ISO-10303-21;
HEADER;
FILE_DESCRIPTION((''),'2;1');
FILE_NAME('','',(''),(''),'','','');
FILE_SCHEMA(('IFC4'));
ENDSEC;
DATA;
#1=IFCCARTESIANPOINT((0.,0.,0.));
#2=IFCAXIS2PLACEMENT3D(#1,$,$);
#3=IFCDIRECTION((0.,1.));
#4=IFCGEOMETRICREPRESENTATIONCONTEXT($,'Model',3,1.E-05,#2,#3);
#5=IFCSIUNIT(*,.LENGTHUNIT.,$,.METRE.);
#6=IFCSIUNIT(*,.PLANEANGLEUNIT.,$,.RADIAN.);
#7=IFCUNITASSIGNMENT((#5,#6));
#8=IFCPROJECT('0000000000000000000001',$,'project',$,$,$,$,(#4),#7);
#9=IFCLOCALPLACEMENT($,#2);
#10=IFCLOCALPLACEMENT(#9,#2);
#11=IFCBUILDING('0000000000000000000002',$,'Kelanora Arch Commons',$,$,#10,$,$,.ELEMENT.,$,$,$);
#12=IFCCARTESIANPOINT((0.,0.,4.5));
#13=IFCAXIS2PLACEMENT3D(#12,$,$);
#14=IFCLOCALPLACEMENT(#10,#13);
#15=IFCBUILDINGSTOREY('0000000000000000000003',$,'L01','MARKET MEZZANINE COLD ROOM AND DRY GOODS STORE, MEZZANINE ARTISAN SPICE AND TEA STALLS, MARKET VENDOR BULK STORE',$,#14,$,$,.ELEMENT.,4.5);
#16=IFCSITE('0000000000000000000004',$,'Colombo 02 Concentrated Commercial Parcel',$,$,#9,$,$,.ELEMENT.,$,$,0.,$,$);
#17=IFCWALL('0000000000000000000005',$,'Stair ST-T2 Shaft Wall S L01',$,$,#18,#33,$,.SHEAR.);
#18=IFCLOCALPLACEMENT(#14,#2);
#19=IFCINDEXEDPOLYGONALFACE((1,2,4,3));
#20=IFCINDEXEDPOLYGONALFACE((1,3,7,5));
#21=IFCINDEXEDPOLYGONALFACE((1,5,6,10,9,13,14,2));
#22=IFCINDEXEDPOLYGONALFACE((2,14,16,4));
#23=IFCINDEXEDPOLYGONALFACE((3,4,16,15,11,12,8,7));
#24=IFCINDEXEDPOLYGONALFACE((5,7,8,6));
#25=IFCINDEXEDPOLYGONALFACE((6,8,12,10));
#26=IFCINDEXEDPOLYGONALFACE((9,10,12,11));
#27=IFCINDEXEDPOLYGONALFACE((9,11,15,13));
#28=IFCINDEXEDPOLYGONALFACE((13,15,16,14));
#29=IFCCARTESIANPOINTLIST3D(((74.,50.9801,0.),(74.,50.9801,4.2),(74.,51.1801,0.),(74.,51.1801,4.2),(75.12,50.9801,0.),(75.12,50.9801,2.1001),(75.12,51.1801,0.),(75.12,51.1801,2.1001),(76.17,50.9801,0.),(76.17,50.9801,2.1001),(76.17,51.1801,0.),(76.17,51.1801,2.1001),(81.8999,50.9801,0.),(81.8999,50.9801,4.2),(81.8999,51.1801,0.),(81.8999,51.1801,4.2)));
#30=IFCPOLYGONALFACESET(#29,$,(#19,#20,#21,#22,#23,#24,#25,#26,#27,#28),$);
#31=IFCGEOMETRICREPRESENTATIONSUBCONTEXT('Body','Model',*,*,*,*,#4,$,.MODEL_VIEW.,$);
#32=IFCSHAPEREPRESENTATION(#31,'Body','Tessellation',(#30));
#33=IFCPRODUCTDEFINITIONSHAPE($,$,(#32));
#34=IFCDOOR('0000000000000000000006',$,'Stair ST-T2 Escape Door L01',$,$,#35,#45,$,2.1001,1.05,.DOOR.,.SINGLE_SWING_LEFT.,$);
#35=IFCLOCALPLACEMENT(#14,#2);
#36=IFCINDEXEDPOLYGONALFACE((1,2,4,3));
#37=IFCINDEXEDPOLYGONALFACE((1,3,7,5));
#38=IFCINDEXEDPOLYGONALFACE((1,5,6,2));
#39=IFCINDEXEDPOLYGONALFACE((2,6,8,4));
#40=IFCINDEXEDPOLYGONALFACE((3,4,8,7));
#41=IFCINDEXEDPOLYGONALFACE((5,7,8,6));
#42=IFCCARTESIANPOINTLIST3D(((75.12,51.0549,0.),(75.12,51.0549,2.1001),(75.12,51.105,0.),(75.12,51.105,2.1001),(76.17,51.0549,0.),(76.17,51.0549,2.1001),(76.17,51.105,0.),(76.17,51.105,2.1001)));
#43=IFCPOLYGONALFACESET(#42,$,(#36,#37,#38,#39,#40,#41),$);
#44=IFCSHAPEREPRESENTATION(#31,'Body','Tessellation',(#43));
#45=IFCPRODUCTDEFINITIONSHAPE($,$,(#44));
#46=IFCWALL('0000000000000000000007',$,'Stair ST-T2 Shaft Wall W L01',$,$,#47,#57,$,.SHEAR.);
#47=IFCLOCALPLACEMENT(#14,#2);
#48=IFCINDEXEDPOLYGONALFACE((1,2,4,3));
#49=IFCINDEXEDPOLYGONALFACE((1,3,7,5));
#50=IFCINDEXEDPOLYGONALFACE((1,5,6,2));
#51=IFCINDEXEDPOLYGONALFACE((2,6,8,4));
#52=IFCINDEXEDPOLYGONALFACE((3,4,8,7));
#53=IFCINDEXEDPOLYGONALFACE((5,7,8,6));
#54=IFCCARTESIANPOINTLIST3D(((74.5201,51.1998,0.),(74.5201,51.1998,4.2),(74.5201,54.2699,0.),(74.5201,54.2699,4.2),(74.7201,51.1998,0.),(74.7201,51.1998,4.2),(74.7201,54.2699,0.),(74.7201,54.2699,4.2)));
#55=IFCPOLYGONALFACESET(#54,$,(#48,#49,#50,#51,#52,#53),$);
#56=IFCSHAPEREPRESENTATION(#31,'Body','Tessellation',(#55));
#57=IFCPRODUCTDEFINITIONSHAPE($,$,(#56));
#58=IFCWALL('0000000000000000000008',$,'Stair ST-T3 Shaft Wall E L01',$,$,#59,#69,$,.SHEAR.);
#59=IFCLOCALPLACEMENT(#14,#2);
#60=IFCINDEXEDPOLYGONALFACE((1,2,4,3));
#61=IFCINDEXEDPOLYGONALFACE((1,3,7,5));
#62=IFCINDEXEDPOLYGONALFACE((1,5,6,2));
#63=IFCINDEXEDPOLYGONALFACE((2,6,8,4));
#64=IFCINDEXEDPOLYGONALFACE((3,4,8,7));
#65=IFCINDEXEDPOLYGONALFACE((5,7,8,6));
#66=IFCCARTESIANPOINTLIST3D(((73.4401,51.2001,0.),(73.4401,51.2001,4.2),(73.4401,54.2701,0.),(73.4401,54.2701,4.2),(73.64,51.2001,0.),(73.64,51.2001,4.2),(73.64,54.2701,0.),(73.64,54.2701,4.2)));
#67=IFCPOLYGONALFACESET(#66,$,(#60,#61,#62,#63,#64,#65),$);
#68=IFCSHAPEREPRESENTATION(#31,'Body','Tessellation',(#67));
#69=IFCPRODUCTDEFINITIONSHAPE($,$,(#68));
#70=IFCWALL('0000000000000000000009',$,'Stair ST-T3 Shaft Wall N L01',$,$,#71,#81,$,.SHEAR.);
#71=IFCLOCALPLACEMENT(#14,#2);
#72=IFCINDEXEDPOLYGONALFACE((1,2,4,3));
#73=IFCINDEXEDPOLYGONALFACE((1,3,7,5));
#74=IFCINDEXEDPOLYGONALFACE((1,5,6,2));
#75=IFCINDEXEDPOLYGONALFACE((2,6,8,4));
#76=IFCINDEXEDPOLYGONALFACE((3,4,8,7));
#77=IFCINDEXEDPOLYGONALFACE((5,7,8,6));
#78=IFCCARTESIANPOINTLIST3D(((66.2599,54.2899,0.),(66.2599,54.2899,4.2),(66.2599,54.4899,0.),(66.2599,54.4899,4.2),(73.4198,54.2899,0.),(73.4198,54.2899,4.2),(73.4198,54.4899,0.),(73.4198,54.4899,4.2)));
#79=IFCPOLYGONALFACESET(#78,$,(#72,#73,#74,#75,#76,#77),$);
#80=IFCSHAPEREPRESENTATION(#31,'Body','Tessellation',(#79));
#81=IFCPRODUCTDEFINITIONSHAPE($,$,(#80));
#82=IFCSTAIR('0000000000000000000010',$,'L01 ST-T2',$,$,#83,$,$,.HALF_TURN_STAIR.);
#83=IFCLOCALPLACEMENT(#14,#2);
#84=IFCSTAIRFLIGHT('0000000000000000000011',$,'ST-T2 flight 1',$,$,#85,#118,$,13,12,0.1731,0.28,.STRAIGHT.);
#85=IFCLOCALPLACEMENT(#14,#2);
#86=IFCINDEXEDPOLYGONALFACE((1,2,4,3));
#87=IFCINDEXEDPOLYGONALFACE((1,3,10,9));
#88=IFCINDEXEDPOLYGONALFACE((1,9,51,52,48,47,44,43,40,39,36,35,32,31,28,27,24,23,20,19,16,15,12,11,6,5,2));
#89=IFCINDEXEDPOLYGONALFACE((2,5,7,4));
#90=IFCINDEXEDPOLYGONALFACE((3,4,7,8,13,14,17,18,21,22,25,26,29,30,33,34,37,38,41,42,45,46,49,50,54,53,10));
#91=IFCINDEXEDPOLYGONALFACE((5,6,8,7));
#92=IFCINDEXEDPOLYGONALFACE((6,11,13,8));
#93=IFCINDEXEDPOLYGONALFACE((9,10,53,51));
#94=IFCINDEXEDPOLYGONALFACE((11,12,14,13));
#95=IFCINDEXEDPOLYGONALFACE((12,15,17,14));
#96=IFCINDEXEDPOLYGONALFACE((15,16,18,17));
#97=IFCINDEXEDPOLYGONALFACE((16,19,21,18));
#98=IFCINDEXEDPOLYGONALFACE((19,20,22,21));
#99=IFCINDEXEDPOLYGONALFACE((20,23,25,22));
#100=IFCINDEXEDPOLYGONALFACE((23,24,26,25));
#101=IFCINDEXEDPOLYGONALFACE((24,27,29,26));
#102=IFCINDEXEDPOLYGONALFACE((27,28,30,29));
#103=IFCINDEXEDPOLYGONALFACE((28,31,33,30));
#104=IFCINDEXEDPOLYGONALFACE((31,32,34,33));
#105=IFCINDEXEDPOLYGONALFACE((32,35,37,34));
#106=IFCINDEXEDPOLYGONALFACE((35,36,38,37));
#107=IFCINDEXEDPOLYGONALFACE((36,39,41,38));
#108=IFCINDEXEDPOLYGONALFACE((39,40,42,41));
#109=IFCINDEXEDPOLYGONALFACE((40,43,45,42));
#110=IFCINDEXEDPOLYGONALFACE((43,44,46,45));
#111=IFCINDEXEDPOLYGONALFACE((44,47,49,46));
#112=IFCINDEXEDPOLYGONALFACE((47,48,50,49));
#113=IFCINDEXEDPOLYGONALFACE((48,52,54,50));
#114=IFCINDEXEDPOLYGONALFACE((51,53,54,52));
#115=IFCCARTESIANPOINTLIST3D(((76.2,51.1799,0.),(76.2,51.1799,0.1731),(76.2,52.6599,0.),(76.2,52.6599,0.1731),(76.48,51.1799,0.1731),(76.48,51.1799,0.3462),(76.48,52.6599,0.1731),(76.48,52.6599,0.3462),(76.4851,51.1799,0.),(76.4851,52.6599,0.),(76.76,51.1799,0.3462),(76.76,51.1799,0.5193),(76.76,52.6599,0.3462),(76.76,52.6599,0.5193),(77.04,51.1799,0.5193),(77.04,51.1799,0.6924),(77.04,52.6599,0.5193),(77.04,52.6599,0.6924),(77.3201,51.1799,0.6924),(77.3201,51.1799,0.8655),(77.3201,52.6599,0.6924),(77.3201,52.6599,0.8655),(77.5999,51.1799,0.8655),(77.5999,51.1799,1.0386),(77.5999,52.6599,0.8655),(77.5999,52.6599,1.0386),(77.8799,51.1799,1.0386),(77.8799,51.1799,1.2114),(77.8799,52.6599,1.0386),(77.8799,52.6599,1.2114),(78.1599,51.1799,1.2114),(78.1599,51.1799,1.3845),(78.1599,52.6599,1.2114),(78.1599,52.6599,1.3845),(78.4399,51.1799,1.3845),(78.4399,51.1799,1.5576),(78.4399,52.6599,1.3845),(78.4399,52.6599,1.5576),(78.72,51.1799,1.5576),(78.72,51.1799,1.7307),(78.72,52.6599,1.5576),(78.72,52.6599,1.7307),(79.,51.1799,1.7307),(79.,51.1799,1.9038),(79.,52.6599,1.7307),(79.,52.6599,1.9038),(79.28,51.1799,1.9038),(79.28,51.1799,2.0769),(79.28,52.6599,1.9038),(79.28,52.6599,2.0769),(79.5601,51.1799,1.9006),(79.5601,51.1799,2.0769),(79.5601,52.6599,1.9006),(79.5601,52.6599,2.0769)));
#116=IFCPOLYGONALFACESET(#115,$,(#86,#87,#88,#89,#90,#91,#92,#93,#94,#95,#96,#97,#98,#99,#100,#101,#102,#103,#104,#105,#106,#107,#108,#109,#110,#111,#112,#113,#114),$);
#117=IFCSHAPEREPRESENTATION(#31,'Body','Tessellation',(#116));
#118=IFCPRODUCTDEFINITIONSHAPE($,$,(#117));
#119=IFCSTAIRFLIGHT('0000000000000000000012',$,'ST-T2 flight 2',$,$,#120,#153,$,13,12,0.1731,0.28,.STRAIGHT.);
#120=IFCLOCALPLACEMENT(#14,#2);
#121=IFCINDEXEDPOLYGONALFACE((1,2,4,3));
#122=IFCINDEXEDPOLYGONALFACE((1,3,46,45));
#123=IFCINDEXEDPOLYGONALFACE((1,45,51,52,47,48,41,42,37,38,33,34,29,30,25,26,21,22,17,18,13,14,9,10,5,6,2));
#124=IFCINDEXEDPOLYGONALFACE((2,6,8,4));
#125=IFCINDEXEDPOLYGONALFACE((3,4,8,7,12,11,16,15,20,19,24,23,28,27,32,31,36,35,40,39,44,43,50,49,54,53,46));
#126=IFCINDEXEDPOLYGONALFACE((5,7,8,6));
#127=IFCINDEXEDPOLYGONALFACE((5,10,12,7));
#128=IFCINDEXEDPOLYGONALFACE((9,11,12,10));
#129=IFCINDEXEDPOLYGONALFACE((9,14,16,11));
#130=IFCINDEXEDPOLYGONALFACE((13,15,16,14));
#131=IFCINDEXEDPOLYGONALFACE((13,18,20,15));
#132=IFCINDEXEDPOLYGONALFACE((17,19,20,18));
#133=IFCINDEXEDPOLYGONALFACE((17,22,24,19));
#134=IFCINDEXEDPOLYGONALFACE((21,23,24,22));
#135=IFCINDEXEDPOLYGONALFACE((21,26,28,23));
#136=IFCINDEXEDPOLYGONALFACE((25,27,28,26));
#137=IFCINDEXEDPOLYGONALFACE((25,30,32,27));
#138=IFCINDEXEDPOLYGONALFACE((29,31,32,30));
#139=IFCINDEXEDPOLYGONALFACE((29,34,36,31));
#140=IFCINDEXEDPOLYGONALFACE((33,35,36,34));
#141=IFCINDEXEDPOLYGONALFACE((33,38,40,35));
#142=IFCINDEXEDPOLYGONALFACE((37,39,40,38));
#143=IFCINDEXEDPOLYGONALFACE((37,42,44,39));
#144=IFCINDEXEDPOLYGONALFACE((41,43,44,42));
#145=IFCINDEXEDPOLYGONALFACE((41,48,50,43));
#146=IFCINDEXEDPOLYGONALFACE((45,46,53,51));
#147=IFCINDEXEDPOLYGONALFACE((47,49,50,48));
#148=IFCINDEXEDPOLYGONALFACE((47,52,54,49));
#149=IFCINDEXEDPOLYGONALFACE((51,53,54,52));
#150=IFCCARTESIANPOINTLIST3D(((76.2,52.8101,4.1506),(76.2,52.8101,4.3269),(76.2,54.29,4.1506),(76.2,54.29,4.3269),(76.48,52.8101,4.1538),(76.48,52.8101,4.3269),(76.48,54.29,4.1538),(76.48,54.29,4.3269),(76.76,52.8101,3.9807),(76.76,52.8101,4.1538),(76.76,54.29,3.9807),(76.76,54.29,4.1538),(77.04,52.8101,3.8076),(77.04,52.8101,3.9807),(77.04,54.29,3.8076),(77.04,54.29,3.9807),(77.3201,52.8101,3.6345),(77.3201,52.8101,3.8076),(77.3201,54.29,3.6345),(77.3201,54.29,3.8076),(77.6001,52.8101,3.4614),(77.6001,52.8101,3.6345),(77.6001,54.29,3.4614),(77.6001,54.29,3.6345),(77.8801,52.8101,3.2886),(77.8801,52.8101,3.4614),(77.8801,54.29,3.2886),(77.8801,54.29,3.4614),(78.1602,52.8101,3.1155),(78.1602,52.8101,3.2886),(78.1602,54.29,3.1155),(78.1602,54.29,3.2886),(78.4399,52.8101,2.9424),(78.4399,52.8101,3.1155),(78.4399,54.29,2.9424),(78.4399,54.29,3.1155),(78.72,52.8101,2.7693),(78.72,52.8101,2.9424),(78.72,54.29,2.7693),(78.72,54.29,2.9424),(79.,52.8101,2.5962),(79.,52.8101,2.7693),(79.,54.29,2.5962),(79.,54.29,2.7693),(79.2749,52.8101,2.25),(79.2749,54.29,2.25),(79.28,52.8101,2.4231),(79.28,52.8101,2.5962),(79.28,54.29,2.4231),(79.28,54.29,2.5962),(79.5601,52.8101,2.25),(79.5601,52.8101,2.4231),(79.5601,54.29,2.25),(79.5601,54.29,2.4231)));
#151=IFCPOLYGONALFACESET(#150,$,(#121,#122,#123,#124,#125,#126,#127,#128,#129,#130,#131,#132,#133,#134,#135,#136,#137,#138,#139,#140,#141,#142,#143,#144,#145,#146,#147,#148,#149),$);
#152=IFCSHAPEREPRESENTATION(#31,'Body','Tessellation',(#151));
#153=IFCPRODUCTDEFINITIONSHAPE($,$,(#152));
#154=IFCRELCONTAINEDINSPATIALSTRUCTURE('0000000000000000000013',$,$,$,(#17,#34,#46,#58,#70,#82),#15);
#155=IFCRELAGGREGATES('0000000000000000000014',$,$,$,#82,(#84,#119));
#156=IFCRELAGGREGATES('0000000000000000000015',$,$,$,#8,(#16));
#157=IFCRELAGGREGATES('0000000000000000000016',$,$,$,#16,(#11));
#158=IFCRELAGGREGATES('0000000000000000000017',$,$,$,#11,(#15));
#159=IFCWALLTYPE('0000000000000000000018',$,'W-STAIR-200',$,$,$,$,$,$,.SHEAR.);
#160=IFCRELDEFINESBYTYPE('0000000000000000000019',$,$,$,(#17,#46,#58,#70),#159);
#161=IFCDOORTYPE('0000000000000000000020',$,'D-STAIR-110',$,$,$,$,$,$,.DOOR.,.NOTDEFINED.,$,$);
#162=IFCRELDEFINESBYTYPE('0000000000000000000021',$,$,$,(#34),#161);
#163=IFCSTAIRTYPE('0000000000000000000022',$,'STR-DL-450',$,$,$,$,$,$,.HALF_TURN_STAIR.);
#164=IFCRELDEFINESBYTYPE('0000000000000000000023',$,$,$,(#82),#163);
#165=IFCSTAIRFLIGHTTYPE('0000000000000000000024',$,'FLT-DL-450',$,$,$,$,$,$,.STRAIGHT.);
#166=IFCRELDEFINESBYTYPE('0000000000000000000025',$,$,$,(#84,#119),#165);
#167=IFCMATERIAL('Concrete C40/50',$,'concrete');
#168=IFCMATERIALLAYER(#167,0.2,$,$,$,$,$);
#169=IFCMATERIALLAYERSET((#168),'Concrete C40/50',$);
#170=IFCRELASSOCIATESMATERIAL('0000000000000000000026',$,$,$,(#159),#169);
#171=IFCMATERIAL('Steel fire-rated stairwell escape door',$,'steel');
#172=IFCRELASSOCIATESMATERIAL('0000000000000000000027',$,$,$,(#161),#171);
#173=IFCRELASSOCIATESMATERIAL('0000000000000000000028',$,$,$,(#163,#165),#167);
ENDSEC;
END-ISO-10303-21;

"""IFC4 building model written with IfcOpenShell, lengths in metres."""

from ifc_helpers import new_model, si_unit, direction, frame, frame_2d, origin, place, context, subcontext, project, spatial, polyline, rectangle, outline, extrude, material, layer, layer_set, type_object, element, fill, aggregate, save


model = new_model("IFC4")

# Units and contexts
model_context = context("Model", 3, precision=1e-05, world=origin(), true_north=direction((0.0, 1.0)))
body_context = subcontext(model_context, "Body", "Model", "MODEL_VIEW")
ifc_project = project(units=[si_unit("LENGTHUNIT", "METRE"), si_unit("PLANEANGLEUNIT", "RADIAN")], contexts=[model_context])

# Site, building, storey
site_placement = place(None, origin())
site = spatial("IfcSite", under=ifc_project, at=site_placement, Name="Colombo 02 Concentrated Commercial Parcel", CompositionType="ELEMENT", RefElevation=0.0)
building_placement = place(site_placement, origin())
building = spatial("IfcBuilding", under=site, at=building_placement, Name="Kelanora Arch Commons", CompositionType="ELEMENT")
storey_placement = place(building_placement, frame((0.0, 0.0, 4.5)))
storey = spatial("IfcBuildingStorey", under=building, at=storey_placement, Name="L01", Description="MARKET MEZZANINE COLD ROOM AND DRY GOODS STORE, MEZZANINE ARTISAN SPICE AND TEA STALLS, MARKET VENDOR BULK STORE", CompositionType="ELEMENT", Elevation=4.5)

# Shared definitions
ifc_material_1 = material(Name="Concrete C40/50", Category="concrete")

# Shared definitions
ifc_layer_1 = layer(ifc_material_1, 0.2)
ifc_layer_set_1 = layer_set([ifc_layer_1], Name="Concrete C40/50")
wall_type_1 = type_object("IfcWallType", Name="W-STAIR-200", PredefinedType="SHEAR", material=ifc_layer_set_1)

# Wall, opening, door
wall_1_placement = place(storey_placement, frame((74.0, 51.0801, 0.0), z_axis=(0.0, 0.0, 1.0), x_axis=(1.0, 0.0, 0.0)))
wall_1 = element("IfcWall", 1, at=wall_1_placement, inside=storey, type_object=wall_type_1, Name="Stair ST-T2 Shaft Wall S L01", PredefinedType="SHEAR", context=body_context, shape_type="SweptSolid", body=[
    extrude(rectangle(XDim=7.8999, YDim=0.2, at=frame_2d((3.95, 0.0))), origin(), (0.0, 0.0, 1.0), 4.2),
])
opening_1_placement = place(wall_1_placement, frame((1.1201, 0.0, 0.0)))
opening_1 = element("IfcOpeningElement", 2, at=opening_1_placement, cuts=wall_1, PredefinedType="OPENING", context=body_context, shape_type="SweptSolid", body=[
    extrude(rectangle(XDim=1.05, YDim=2.1001, at=frame_2d((0.5249, 1.05))), frame((0.0, 0.1099, 0.0), z_axis=(0.0, -1.0, 0.0), x_axis=(1.0, 0.0, 0.0)), (0.0, 0.0, 1.0), 0.22),
])
ifc_material_2 = material(Name="Steel fire-rated stairwell escape door", Category="steel")
door_type_1 = type_object("IfcDoorType", Name="D-STAIR-110", OperationType="NOTDEFINED", PredefinedType="DOOR", material=ifc_material_2)
door_1_placement = place(opening_1_placement, origin())
door_1 = element("IfcDoor", 3, at=door_1_placement, inside=storey, type_object=door_type_1, Name="Stair ST-T2 Escape Door L01", OperationType="SINGLE_SWING_LEFT", OverallHeight=2.1001, OverallWidth=1.05, PredefinedType="DOOR", context=body_context, shape_type="SweptSolid", body=[
    extrude(rectangle(XDim=1.05, YDim=2.1001, at=frame_2d((0.5249, 1.05))), frame((0.0, 0.0249, 0.0), z_axis=(0.0, -1.0, 0.0), x_axis=(1.0, 0.0, 0.0)), (0.0, 0.0, 1.0), 0.05),
])
fill(opening_1, door_1)

# Walls
for number, where, z_axis, x_axis, name in (
    (4, (74.6201, 54.27, 0.0), (0.0, 0.0, 1.0), (0.0, -1.0, 0.0), "Stair ST-T2 Shaft Wall W L01"),
    (5, (73.54, 51.2, 0.0), (0.0, 0.0, 1.0), (0.0, 1.0, 0.0), "Stair ST-T3 Shaft Wall E L01"),
):
    element("IfcWall", number, at=place(storey_placement, frame(where, z_axis=z_axis, x_axis=x_axis)), inside=storey, type_object=wall_type_1, Name=name, PredefinedType="SHEAR", context=body_context, shape_type="SweptSolid", body=[
        extrude(rectangle(XDim=3.0701, YDim=0.2, at=frame_2d((1.5352, 0.0))), origin(), (0.0, 0.0, 1.0), 4.2),
    ])
wall_2_placement = place(storey_placement, frame((73.4199, 54.3899, 0.0), z_axis=(0.0, 0.0, 1.0), x_axis=(-1.0, 0.0, 0.0)))
element("IfcWall", 6, at=wall_2_placement, inside=storey, type_object=wall_type_1, Name="Stair ST-T3 Shaft Wall N L01", PredefinedType="SHEAR", context=body_context, shape_type="SweptSolid", body=[
    extrude(rectangle(XDim=7.1599, YDim=0.2, at=frame_2d((3.5801, 0.0))), origin(), (0.0, 0.0, 1.0), 4.2),
])

# Stair, stair flights
stair_type = type_object("IfcStairType", Name="STR-DL-450", PredefinedType="HALF_TURN_STAIR", material=ifc_material_1)
stair_placement = place(storey_placement, origin())
stair = element("IfcStair", 7, at=stair_placement, inside=storey, type_object=stair_type, Name="L01 ST-T2", PredefinedType="HALF_TURN_STAIR")
stair_flight_type = type_object("IfcStairFlightType", Name="FLT-DL-450", PredefinedType="STRAIGHT", material=ifc_material_1)
stair_flight_1_placement = place(storey_placement, frame((76.2, 51.9199, 0.0), z_axis=(0.0, 0.0, 1.0), x_axis=(1.0, 0.0, 0.0)))
stair_flight_1 = element("IfcStairFlight", 8, at=stair_flight_1_placement, type_object=stair_flight_type, Name="ST-T2 flight 1", NumberOfRisers=13, NumberOfTreads=12, PredefinedType="STRAIGHT", RiserHeight=0.1731, TreadLength=0.28, context=body_context, shape_type="SweptSolid", body=[
    extrude(outline(polyline([(0.0, 0.0), (0.0, 0.1731), (0.28, 0.1731), (0.28, 0.3462), (0.5601, 0.3462), (0.5601, 0.5193), (0.8401, 0.5193), (0.8401, 0.6924), (1.1201, 0.6924), (1.1201, 0.8655), (1.3999, 0.8655), (1.3999, 1.0386), (1.6799, 1.0386), (1.6799, 1.2114), (1.96, 1.2114), (1.96, 1.3845), (2.24, 1.3845), (2.24, 1.5576), (2.52, 1.5576), (2.52, 1.7307), (2.8, 1.7307), (2.8, 1.9038), (3.0801, 1.9038), (3.0801, 2.0769), (3.3601, 2.0769), (3.3601, 2.25), (3.3601, 1.9006), (0.2852, 0.0), (0.0, 0.0)])), frame((0.0, 0.74, 0.0), z_axis=(0.0, -1.0, 0.0), x_axis=(1.0, 0.0, 0.0)), (0.0, 0.0, 1.0), 1.48),
])
stair_flight_2_placement = place(storey_placement, frame((79.5601, 53.55, 2.25), z_axis=(0.0, 0.0, 1.0), x_axis=(-1.0, 0.0, 0.0)))
stair_flight_2 = element("IfcStairFlight", 9, at=stair_flight_2_placement, type_object=stair_flight_type, Name="ST-T2 flight 2", NumberOfRisers=13, NumberOfTreads=12, PredefinedType="STRAIGHT", RiserHeight=0.1731, TreadLength=0.28, context=body_context, shape_type="SweptSolid", body=[
    extrude(outline(polyline([(0.0, 0.0), (0.0, 0.1731), (0.28, 0.1731), (0.28, 0.3462), (0.5601, 0.3462), (0.5601, 0.5193), (0.8401, 0.5193), (0.8401, 0.6924), (1.1201, 0.6924), (1.1201, 0.8655), (1.3999, 0.8655), (1.3999, 1.0386), (1.6799, 1.0386), (1.6799, 1.2114), (1.96, 1.2114), (1.96, 1.3845), (2.24, 1.3845), (2.24, 1.5576), (2.52, 1.5576), (2.52, 1.7307), (2.8, 1.7307), (2.8, 1.9038), (3.0801, 1.9038), (3.0801, 2.0769), (3.3601, 2.0769), (3.3601, 2.25), (3.3601, 1.9006), (0.2852, 0.0), (0.0, 0.0)])), frame((0.0, 0.74, 0.0), z_axis=(0.0, -1.0, 0.0), x_axis=(1.0, 0.0, 0.0)), (0.0, 0.0, 1.0), 1.48),
])
aggregate(stair, [stair_flight_1, stair_flight_2])

save(model, "model.ifc")
